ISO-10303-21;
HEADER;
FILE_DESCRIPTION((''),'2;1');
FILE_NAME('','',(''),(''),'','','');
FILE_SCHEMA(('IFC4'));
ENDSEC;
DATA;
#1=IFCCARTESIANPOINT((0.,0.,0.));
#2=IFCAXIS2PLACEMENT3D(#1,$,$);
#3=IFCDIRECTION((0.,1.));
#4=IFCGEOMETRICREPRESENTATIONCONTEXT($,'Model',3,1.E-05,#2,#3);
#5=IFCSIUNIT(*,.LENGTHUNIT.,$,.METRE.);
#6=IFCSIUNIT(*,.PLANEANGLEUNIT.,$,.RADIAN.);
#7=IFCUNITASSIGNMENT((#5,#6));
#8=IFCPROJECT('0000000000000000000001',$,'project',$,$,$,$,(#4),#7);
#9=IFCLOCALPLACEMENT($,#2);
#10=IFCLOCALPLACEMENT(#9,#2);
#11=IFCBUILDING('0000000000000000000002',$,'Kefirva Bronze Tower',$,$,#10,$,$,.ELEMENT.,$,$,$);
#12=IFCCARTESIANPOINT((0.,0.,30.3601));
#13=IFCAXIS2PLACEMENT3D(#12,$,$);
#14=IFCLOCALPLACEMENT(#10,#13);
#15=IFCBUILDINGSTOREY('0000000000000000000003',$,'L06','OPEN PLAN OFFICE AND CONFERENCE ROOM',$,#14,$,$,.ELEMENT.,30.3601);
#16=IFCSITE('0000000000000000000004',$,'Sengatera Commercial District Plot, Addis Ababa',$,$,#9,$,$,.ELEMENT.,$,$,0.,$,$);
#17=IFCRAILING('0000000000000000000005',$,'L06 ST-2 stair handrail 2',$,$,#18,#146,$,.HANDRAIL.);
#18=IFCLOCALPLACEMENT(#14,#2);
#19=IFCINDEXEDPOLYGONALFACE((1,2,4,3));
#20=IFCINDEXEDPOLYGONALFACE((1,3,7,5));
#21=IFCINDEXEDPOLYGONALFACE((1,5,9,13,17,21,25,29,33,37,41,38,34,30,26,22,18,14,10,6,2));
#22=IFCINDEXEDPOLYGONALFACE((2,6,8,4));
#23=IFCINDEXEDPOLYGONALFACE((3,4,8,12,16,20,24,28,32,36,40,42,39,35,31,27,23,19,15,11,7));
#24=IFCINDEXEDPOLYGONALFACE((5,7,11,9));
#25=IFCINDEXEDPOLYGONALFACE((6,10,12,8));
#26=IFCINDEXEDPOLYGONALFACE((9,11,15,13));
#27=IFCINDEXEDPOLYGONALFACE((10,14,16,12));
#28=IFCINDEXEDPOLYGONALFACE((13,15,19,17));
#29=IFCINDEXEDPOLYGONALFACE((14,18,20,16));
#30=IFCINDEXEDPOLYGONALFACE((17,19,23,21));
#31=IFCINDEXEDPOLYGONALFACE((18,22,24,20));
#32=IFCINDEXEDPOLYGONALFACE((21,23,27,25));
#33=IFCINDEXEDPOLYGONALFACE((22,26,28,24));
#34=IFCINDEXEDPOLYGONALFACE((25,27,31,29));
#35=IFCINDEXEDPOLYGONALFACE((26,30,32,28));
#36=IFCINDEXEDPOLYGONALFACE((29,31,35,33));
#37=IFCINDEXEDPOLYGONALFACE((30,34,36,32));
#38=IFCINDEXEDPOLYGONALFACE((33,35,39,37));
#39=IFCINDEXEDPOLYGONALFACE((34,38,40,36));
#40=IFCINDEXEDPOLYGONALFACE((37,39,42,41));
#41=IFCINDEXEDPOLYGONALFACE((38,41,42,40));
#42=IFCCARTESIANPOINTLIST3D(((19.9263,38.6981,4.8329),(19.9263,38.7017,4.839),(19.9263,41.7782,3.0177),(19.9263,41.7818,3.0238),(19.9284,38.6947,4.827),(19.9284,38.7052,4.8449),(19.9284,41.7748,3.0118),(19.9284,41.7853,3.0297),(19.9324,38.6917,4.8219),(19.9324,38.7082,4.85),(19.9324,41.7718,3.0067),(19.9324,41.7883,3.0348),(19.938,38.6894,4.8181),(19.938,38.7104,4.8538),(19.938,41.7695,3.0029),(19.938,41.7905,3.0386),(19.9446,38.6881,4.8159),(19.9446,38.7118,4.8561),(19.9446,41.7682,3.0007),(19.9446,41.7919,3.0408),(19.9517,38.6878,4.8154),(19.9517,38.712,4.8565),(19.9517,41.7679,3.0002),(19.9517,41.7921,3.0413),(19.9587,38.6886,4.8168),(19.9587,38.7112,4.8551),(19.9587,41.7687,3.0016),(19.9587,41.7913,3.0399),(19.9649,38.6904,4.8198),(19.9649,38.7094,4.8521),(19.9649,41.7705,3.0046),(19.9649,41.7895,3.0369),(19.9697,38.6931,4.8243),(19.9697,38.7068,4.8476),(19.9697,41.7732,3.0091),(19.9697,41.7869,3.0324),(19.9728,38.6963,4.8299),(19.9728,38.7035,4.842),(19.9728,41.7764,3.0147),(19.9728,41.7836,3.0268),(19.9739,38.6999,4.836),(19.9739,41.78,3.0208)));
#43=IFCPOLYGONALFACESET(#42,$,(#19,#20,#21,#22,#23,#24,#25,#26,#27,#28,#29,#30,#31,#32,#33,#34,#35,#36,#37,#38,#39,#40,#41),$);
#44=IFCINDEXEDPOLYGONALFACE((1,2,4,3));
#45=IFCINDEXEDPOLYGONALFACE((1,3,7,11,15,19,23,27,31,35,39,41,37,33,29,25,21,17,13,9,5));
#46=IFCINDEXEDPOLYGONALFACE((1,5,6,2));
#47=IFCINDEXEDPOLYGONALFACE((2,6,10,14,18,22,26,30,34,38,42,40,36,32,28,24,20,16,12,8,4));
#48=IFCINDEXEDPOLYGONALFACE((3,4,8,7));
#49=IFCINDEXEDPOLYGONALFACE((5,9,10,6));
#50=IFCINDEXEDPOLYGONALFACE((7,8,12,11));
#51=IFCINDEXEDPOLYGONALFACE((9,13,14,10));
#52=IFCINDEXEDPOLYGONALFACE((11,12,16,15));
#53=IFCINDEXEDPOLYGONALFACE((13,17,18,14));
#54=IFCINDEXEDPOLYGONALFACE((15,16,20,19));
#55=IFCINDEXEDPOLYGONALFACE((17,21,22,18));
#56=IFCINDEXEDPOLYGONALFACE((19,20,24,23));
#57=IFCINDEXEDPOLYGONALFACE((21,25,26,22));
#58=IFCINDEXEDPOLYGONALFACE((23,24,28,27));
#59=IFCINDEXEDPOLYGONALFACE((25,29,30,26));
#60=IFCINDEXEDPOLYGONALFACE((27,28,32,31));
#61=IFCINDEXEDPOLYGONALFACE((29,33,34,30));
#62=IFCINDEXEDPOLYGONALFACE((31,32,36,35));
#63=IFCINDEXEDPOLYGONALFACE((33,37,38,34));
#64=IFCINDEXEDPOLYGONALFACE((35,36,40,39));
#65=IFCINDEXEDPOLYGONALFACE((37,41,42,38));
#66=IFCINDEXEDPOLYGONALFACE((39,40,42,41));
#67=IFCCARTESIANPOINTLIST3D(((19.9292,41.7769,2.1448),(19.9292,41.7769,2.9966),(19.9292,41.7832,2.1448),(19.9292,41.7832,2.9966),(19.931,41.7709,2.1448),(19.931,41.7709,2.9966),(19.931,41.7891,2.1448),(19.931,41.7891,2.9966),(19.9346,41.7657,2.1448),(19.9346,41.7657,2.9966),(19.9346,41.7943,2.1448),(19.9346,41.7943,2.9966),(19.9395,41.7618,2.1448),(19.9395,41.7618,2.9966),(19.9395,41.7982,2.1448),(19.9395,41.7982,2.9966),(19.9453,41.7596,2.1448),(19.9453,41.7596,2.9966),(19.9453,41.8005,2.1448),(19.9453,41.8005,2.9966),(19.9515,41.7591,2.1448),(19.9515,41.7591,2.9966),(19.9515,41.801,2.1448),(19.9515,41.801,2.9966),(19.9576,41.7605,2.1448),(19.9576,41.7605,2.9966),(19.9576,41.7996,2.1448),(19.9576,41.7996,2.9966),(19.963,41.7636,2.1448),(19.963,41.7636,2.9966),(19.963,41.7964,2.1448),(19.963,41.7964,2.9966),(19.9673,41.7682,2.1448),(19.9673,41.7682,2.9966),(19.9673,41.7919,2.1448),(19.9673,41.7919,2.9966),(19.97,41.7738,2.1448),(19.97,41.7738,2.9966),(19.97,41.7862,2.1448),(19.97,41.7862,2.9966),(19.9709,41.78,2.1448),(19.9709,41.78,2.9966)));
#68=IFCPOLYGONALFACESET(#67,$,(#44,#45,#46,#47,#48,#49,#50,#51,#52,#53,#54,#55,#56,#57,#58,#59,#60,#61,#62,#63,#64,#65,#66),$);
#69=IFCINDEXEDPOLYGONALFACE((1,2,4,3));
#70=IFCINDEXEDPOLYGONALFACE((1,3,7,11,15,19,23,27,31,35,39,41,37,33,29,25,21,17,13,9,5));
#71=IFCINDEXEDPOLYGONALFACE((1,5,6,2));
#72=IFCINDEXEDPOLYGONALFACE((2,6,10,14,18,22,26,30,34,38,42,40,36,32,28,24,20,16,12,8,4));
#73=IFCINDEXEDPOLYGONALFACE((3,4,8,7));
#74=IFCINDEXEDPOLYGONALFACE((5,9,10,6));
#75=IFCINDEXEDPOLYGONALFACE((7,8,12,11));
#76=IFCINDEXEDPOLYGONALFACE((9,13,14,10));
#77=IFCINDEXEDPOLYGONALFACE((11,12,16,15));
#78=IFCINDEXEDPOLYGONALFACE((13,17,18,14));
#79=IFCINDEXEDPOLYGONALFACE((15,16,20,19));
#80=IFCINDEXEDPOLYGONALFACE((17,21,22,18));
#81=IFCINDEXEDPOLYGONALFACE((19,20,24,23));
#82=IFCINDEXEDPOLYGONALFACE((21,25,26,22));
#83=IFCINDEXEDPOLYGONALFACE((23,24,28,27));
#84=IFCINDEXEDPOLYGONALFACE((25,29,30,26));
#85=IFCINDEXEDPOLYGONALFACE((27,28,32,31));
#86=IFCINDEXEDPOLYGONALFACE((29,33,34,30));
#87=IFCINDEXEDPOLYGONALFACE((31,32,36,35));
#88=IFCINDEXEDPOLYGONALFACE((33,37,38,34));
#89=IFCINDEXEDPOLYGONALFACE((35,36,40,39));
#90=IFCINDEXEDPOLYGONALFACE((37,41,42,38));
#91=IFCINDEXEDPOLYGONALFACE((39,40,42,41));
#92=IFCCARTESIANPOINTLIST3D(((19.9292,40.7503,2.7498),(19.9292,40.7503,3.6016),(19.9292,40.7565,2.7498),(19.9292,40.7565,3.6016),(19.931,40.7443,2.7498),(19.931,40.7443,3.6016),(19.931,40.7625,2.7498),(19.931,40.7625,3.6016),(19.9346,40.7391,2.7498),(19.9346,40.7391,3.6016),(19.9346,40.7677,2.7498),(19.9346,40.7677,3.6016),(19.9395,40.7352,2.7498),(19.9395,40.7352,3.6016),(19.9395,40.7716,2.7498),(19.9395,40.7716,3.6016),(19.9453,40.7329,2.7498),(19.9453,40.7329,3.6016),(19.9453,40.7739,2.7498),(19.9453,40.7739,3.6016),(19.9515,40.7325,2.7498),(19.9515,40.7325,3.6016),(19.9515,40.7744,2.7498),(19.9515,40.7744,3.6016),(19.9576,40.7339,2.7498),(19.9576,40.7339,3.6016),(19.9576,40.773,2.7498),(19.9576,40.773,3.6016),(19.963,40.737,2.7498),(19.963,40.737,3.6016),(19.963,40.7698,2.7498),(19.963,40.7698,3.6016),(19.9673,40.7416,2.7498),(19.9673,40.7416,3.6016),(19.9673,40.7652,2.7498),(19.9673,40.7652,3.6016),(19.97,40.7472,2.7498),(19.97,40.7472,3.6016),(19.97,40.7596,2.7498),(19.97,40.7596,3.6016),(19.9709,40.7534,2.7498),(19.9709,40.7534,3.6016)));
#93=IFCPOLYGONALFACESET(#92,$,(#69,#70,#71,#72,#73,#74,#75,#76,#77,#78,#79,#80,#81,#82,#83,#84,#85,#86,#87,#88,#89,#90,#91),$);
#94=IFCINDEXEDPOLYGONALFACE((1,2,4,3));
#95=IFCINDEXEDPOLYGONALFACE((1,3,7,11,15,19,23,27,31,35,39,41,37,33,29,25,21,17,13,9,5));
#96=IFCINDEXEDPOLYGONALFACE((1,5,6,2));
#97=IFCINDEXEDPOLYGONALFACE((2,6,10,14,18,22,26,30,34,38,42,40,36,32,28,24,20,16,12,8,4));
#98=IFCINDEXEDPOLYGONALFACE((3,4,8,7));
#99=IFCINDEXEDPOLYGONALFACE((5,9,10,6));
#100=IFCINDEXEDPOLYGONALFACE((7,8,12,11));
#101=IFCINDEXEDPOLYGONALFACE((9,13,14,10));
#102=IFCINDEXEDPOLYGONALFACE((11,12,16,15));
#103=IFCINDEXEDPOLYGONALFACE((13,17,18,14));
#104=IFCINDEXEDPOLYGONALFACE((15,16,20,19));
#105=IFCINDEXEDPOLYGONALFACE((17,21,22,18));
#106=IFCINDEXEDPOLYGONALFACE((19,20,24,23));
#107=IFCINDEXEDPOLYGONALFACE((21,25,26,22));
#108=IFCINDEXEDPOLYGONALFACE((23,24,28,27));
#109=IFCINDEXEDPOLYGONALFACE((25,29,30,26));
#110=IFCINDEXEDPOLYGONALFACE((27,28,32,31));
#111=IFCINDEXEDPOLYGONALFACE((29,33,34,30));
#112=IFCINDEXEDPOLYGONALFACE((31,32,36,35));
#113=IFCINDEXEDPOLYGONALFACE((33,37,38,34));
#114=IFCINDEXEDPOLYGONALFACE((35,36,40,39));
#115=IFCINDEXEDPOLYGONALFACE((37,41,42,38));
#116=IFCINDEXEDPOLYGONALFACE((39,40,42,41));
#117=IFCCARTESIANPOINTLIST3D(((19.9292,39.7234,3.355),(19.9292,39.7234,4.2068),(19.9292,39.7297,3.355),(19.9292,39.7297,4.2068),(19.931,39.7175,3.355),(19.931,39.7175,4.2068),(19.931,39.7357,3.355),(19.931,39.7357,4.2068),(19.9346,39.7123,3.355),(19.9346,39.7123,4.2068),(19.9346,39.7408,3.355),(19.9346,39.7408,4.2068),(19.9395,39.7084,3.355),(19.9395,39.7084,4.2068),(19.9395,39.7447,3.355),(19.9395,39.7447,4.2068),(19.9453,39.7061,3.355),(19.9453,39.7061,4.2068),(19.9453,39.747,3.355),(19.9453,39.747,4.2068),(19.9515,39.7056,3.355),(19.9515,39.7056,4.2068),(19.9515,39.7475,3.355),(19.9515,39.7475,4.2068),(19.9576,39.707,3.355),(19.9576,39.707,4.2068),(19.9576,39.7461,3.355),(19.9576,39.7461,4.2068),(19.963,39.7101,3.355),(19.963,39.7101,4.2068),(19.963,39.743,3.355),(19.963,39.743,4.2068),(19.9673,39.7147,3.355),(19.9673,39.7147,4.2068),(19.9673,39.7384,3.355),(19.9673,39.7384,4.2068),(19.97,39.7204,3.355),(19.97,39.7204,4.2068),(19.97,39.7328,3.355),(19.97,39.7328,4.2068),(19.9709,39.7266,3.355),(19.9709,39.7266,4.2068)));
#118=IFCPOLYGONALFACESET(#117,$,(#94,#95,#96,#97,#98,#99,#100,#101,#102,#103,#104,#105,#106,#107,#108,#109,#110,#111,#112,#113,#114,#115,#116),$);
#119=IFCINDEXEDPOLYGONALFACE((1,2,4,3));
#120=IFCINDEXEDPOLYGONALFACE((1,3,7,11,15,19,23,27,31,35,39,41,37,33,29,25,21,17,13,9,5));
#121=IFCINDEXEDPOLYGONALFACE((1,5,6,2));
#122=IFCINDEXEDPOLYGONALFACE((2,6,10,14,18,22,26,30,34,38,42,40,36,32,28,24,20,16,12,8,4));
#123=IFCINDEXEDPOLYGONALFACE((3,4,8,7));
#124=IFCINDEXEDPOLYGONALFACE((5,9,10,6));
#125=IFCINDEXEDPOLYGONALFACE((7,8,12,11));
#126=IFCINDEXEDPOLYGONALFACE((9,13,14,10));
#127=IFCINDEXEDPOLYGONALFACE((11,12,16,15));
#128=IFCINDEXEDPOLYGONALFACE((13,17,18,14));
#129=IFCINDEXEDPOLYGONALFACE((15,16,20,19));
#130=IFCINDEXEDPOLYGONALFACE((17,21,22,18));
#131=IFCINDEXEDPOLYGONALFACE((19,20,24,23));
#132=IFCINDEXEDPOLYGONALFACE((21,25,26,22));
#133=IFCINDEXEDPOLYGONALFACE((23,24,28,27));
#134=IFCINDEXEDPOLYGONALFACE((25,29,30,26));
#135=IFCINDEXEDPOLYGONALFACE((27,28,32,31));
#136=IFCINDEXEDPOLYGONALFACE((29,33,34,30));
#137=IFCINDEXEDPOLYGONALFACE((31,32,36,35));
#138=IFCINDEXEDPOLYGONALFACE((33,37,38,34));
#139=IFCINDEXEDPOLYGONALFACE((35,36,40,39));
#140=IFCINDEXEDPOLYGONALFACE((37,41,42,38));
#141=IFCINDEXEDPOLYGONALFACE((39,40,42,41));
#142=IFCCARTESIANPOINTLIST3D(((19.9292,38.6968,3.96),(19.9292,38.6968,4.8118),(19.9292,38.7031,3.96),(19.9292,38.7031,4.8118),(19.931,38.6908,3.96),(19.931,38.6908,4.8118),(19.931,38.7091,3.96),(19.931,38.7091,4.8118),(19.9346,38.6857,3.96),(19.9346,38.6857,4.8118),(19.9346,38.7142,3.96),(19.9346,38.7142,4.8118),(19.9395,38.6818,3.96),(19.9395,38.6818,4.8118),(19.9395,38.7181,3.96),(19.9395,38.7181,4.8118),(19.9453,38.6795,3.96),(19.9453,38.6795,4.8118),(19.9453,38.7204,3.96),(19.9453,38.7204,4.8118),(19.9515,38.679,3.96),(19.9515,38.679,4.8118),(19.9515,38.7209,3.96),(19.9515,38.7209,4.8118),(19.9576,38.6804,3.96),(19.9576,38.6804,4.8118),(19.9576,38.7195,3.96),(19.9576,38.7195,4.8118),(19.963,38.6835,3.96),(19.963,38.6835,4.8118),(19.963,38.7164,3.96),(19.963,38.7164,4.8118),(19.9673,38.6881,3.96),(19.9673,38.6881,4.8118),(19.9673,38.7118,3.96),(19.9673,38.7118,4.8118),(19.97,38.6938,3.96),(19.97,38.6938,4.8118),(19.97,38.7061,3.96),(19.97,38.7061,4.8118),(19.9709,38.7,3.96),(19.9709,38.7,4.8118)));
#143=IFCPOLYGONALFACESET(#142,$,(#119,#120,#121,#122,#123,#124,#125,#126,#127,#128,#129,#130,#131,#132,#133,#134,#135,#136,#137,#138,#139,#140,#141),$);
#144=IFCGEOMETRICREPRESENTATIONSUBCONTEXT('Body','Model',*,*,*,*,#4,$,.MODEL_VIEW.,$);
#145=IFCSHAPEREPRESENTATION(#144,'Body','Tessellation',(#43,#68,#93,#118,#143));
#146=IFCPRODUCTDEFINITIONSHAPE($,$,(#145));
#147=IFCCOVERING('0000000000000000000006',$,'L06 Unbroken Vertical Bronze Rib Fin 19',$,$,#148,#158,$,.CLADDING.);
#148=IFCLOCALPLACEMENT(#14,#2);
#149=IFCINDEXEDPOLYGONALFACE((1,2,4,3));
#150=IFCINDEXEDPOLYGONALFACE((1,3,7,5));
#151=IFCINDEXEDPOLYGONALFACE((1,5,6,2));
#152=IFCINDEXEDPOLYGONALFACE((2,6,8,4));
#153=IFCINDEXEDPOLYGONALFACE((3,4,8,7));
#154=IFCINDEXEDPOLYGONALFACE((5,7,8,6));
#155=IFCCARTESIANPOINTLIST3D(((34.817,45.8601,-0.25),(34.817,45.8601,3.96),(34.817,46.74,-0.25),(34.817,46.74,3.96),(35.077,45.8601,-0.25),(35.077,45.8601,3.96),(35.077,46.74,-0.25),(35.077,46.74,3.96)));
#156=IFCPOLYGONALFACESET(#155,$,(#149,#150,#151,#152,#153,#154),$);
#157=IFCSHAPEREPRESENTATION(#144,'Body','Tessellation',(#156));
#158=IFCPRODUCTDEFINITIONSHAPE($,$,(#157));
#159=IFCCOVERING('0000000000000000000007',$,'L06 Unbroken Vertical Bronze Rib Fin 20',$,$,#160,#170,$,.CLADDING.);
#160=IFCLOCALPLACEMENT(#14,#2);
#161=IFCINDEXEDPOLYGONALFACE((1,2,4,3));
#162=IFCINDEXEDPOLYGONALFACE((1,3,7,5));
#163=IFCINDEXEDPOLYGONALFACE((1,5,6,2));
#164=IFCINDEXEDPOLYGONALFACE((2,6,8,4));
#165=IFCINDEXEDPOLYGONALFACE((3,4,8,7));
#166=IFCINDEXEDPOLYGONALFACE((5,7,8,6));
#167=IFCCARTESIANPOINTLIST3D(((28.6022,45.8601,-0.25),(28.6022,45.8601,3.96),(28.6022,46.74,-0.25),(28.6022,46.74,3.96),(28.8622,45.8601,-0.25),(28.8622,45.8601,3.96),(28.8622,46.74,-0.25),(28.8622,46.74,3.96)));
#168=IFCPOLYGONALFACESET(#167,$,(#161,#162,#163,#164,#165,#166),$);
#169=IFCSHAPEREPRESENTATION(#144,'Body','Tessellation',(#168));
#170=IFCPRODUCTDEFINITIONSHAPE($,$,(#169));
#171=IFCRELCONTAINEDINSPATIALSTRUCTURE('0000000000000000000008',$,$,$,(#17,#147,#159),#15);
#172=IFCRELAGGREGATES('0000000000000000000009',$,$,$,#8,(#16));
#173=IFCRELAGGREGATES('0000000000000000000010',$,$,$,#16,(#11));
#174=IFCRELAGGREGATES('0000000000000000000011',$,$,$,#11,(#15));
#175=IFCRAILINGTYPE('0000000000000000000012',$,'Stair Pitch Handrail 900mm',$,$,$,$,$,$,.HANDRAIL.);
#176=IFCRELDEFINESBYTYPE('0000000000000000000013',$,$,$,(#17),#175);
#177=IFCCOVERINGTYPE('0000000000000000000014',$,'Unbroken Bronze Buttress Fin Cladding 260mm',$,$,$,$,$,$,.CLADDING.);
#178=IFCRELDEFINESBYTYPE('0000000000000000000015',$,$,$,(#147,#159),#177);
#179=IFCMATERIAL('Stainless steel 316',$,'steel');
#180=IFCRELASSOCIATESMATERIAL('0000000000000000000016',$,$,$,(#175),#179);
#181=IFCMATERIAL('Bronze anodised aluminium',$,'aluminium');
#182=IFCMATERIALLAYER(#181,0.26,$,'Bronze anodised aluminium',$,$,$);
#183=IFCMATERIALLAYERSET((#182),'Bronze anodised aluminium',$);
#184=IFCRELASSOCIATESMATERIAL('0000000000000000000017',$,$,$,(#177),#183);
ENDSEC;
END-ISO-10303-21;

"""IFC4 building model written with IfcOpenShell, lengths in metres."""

from ifc_helpers import new_model, si_unit, direction, frame, origin, origin_2d, place, context, subcontext, project, spatial, rectangle, circle, extrude, material, layer, layer_set, type_object, element, save


model = new_model("IFC4")

# Units and contexts
model_context = context("Model", 3, precision=1e-05, world=origin(), true_north=direction((0.0, 1.0)))
body_context = subcontext(model_context, "Body", "Model", "MODEL_VIEW")
ifc_project = project(units=[si_unit("LENGTHUNIT", "METRE"), si_unit("PLANEANGLEUNIT", "RADIAN")], contexts=[model_context])

# Site, building, storey
site_placement = place(None, origin())
site = spatial("IfcSite", under=ifc_project, at=site_placement, Name="Sengatera Commercial District Plot, Addis Ababa", CompositionType="ELEMENT", RefElevation=0.0)
building_placement = place(site_placement, origin())
building = spatial("IfcBuilding", under=site, at=building_placement, Name="Kefirva Bronze Tower", CompositionType="ELEMENT")
storey_placement = place(building_placement, frame((0.0, 0.0, 30.3601)))
storey = spatial("IfcBuildingStorey", under=building, at=storey_placement, Name="L06", Description="OPEN PLAN OFFICE AND CONFERENCE ROOM", CompositionType="ELEMENT", Elevation=30.3601)

# Shared definitions
ifc_material_1 = material(Name="Bronze anodised aluminium", Category="aluminium")

# Railing
ifc_material_2 = material(Name="Stainless steel 316", Category="steel")
railing_type_1 = type_object("IfcRailingType", Name="Stair Pitch Handrail 900mm", PredefinedType="HANDRAIL", material=ifc_material_2)
railing_1_placement = place(storey_placement, frame((19.95, 41.78, 2.1448)))
element("IfcRailing", 1, at=railing_1_placement, inside=storey, type_object=railing_type_1, Name="L06 ST-2 stair handrail 2", PredefinedType="HANDRAIL", context=body_context, shape_type="SweptSolid", body=[
    extrude(circle(Radius=0.0239, at=origin_2d()), frame((0.0, 0.0, 0.876), z_axis=(0.0, -0.861521, 0.507721), x_axis=(1.0, 0.0, 0.0)), (0.0, 0.0, 1.0), 3.5752),
    extrude(circle(Radius=0.021, at=origin_2d()), origin(), (0.0, 0.0, 1.0), 0.8518),
    extrude(circle(Radius=0.021, at=origin_2d()), frame((0.0, -1.0266, 0.605)), (0.0, 0.0, 1.0), 0.8518),
    extrude(circle(Radius=0.021, at=origin_2d()), frame((0.0, -2.0535, 1.2102)), (0.0, 0.0, 1.0), 0.8518),
    extrude(circle(Radius=0.021, at=origin_2d()), frame((0.0, -3.0801, 1.8152)), (0.0, 0.0, 1.0), 0.8518),
])

# Coverings
ifc_layer_1 = layer(ifc_material_1, 0.26, Name="Bronze anodised aluminium")
ifc_layer_set_1 = layer_set([ifc_layer_1], Name="Bronze anodised aluminium")
covering_type = type_object("IfcCoveringType", Name="Unbroken Bronze Buttress Fin Cladding 260mm", PredefinedType="CLADDING", material=ifc_layer_set_1)
for number, where, z_axis, x_axis, name in (
    (2, (34.947, 46.3, -0.25), (0.0, 0.0, 1.0), (-1.0, 0.0, 0.0), "L06 Unbroken Vertical Bronze Rib Fin 19"),
    (3, (28.7322, 46.3, -0.25), (0.0, 0.0, 1.0), (-1.0, 0.0, 0.0), "L06 Unbroken Vertical Bronze Rib Fin 20"),
):
    element("IfcCovering", number, at=place(storey_placement, frame(where, z_axis=z_axis, x_axis=x_axis)), inside=storey, type_object=covering_type, Name=name, PredefinedType="CLADDING", context=body_context, shape_type="SweptSolid", body=[
        extrude(rectangle(XDim=0.26, YDim=0.8799, at=origin_2d()), origin(), (0.0, 0.0, 1.0), 4.21),
    ])

save(model, "model.ifc")
